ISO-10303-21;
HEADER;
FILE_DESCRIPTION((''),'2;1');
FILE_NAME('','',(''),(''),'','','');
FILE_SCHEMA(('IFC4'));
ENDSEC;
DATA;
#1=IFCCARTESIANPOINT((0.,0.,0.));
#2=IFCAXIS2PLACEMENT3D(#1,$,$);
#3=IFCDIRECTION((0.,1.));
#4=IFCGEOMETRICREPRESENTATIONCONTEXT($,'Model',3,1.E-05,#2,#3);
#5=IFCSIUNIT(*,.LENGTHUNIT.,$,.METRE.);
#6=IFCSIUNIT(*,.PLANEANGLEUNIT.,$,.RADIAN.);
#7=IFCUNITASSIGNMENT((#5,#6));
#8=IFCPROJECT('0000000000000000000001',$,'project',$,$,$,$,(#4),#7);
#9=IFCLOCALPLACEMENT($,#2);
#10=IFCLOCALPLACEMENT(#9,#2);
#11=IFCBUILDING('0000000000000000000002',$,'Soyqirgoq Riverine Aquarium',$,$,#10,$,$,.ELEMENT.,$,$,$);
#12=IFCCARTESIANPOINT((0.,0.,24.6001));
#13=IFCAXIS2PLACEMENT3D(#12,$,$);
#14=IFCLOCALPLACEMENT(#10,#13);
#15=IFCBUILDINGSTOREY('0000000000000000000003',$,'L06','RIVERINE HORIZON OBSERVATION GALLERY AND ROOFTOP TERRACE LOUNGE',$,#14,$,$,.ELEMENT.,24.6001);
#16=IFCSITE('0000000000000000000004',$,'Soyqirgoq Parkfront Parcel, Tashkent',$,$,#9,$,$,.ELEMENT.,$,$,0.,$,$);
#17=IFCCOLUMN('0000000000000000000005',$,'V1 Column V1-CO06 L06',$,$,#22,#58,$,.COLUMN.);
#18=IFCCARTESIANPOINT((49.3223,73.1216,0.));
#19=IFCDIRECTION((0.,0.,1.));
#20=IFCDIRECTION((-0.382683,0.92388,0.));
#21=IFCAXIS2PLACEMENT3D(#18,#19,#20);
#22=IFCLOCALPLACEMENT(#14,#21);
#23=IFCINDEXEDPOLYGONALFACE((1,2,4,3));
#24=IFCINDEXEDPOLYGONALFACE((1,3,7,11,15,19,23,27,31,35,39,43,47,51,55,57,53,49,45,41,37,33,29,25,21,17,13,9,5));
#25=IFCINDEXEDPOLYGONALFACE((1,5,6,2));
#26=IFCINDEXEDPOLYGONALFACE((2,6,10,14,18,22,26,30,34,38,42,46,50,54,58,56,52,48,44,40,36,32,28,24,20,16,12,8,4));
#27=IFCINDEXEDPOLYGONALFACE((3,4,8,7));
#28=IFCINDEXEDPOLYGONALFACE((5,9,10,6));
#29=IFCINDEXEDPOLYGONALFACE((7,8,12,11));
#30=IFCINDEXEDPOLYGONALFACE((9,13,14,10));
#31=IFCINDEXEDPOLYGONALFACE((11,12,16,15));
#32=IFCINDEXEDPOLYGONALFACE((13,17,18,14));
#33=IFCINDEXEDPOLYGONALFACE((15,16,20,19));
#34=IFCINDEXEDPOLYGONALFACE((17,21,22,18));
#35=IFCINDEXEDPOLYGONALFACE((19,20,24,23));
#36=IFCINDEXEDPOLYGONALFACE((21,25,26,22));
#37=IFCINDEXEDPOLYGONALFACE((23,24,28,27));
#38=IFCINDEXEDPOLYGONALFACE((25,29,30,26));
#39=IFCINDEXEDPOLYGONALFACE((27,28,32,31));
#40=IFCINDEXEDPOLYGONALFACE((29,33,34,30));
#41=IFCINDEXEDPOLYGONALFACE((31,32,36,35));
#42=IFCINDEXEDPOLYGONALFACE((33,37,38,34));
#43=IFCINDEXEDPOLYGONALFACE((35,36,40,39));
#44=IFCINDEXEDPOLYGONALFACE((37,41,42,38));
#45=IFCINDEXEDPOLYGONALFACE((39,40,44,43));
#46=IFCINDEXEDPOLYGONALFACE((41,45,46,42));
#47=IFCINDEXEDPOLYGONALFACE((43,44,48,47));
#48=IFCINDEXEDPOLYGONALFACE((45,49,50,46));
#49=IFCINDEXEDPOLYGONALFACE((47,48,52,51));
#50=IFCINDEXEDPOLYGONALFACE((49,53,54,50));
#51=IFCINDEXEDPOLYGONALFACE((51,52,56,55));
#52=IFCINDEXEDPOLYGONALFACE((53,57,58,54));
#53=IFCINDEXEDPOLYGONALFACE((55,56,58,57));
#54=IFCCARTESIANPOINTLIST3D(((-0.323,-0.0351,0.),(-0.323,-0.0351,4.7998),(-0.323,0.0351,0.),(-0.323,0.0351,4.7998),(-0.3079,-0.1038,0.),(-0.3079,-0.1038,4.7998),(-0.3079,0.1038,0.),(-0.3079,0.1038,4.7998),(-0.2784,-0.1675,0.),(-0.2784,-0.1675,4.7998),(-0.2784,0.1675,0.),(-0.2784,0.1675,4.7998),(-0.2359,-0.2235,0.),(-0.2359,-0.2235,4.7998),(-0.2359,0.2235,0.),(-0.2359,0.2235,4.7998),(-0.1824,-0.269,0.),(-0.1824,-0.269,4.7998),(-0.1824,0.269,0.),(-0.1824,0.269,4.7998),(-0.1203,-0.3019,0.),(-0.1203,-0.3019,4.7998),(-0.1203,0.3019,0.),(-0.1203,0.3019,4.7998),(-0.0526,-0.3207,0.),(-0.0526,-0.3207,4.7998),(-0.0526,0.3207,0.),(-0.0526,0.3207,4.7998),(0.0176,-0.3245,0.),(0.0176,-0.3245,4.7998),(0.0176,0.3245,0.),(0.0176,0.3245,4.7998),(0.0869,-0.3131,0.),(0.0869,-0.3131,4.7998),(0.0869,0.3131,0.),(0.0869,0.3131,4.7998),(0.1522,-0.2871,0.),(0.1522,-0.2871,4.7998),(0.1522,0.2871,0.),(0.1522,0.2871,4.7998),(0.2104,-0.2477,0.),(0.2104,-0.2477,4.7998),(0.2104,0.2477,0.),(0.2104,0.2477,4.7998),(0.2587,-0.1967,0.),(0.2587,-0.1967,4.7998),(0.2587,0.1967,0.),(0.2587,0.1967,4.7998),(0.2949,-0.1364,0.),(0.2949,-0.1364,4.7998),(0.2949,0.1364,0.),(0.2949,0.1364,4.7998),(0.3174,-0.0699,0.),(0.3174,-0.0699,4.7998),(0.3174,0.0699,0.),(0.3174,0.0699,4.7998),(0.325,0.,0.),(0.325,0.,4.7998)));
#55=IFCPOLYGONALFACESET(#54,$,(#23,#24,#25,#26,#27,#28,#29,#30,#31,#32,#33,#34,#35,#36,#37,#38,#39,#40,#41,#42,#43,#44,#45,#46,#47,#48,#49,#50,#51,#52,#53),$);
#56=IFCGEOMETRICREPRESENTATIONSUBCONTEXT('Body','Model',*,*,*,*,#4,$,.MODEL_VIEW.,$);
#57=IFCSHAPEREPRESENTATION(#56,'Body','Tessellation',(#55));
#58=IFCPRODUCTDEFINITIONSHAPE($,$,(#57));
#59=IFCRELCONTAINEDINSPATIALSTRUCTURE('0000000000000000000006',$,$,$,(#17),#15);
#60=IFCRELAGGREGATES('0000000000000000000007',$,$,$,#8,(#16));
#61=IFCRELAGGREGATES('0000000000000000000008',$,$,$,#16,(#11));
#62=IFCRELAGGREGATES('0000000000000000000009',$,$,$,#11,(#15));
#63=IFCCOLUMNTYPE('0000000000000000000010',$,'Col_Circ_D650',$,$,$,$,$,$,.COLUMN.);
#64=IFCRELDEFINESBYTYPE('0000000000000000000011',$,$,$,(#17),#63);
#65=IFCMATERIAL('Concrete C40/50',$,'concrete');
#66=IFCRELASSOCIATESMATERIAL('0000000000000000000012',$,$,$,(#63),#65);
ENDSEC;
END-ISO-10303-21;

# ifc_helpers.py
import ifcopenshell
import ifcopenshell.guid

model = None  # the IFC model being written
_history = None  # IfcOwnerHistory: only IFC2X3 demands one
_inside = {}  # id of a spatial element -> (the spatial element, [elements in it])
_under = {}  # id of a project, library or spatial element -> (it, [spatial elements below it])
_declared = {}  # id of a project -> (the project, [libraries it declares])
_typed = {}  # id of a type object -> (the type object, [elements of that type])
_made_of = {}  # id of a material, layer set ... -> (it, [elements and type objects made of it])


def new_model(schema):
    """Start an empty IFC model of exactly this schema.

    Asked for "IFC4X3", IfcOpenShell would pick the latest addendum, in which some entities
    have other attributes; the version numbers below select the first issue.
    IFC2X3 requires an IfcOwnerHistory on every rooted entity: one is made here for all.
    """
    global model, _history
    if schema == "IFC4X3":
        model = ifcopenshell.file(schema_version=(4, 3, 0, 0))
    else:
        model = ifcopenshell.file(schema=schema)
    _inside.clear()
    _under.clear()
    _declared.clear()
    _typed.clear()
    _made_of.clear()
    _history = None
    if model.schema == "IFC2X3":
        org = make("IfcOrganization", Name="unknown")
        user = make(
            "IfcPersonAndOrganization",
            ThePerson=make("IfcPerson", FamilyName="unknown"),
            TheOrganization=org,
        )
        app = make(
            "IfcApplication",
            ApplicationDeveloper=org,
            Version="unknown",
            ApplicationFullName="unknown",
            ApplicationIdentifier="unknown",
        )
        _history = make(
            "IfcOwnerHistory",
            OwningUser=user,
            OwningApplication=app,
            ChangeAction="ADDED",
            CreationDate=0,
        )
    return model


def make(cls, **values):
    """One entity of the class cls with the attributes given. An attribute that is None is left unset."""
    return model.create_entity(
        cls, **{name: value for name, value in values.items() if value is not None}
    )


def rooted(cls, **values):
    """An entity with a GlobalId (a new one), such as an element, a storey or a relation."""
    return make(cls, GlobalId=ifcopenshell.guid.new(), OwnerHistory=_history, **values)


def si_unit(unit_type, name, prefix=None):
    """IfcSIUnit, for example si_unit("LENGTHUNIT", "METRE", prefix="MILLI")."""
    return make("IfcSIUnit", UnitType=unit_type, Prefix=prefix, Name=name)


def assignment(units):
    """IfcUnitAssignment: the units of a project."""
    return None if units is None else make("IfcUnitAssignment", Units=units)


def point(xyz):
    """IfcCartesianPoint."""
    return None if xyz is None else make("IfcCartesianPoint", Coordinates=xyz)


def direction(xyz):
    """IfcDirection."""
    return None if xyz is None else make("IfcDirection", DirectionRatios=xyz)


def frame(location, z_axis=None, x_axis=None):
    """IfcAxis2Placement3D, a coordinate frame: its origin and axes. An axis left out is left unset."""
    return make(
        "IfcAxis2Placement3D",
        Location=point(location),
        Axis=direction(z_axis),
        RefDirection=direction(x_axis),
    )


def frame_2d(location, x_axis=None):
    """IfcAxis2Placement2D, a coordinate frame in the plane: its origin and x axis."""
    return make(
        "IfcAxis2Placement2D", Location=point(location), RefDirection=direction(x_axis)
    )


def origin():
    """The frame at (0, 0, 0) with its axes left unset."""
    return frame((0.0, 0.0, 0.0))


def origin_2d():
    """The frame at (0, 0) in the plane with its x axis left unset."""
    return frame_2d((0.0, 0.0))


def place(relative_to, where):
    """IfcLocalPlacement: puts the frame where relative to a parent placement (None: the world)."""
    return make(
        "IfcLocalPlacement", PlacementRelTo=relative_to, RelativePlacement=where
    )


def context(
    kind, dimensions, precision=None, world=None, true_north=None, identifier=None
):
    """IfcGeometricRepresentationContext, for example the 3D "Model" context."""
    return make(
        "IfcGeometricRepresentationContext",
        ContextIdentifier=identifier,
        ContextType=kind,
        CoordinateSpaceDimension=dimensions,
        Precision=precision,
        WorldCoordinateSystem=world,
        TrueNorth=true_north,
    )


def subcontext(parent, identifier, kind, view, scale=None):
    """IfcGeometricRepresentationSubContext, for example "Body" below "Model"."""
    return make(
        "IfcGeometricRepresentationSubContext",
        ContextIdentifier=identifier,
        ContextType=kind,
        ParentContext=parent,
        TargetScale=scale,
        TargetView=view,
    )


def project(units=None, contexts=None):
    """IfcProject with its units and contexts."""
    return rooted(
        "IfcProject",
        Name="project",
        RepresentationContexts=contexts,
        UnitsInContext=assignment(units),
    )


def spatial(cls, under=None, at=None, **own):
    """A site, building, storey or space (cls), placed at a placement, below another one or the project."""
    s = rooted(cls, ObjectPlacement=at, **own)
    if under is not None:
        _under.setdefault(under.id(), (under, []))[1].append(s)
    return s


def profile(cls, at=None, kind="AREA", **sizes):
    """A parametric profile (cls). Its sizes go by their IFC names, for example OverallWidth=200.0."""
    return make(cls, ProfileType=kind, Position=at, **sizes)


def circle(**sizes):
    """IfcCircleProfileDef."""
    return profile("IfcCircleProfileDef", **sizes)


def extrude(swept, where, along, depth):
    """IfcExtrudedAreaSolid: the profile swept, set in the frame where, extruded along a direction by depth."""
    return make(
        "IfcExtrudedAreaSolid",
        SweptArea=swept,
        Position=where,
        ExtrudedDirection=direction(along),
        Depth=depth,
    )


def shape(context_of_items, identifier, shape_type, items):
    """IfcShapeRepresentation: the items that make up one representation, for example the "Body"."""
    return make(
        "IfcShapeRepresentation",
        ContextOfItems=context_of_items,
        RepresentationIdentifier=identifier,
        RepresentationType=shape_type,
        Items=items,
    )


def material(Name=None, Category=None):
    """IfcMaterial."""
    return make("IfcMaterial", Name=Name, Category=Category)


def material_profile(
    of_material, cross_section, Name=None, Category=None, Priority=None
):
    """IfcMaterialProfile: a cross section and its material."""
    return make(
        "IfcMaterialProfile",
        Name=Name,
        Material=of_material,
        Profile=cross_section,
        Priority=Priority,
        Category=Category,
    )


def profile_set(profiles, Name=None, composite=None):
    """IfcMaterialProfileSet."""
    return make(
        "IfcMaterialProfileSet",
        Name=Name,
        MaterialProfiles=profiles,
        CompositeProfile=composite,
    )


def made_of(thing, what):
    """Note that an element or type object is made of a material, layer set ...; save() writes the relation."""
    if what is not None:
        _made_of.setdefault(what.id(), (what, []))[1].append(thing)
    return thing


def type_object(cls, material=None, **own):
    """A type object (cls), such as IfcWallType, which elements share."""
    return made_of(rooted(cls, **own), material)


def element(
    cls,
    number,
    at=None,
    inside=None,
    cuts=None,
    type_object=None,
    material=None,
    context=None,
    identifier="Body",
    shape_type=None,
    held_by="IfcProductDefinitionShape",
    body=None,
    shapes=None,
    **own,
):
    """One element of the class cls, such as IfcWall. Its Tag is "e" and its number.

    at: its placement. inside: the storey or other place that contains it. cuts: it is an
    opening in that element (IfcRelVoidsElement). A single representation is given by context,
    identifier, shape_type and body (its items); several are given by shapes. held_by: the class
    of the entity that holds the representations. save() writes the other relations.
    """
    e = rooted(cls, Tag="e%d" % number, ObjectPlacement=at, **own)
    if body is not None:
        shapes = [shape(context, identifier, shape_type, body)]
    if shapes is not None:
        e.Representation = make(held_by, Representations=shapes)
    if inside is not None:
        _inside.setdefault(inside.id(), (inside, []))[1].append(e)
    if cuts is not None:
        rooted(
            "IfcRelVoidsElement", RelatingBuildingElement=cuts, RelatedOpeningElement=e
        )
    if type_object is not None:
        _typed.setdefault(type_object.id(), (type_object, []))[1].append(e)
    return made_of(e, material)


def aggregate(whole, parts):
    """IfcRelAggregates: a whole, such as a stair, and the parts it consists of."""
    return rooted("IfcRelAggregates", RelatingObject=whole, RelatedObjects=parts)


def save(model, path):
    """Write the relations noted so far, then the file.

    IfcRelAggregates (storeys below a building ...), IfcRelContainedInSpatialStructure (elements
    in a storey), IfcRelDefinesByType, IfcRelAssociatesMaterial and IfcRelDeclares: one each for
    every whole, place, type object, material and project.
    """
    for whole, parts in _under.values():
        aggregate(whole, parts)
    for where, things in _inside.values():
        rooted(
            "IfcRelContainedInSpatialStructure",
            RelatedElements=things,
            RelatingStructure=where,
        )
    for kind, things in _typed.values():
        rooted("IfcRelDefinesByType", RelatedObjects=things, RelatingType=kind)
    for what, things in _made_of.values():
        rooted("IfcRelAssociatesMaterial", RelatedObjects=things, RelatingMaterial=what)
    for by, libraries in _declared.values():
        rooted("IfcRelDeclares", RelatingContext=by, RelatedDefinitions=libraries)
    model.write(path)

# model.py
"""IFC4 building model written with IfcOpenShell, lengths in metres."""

from ifc_helpers import new_model, si_unit, direction, frame, origin, origin_2d, place, context, subcontext, project, spatial, circle, extrude, material, material_profile, profile_set, type_object, element, save


model = new_model("IFC4")

# Units and contexts
model_context = context("Model", 3, precision=1e-05, world=origin(), true_north=direction((0.0, 1.0)))
body_context = subcontext(model_context, "Body", "Model", "MODEL_VIEW")
ifc_project = project(units=[si_unit("LENGTHUNIT", "METRE"), si_unit("PLANEANGLEUNIT", "RADIAN")], contexts=[model_context])

# Site, building, storey
site_placement = place(None, origin())
site = spatial("IfcSite", under=ifc_project, at=site_placement, Name="Soyqirgoq Parkfront Parcel, Tashkent", CompositionType="ELEMENT", RefElevation=0.0)
building_placement = place(site_placement, origin())
building = spatial("IfcBuilding", under=site, at=building_placement, Name="Soyqirgoq Riverine Aquarium", CompositionType="ELEMENT")
storey_placement = place(building_placement, frame((0.0, 0.0, 24.6001)))
storey = spatial("IfcBuildingStorey", under=building, at=storey_placement, Name="L06", Description="RIVERINE HORIZON OBSERVATION GALLERY AND ROOFTOP TERRACE LOUNGE", CompositionType="ELEMENT", Elevation=24.6001)

# Column
ifc_material_1 = material(Name="Concrete C40/50", Category="concrete")
ifc_material_profile_1 = material_profile(ifc_material_1, circle(Radius=0.325, at=origin_2d()), Name="RC-COL D650")
ifc_profile_set_1 = profile_set([ifc_material_profile_1], Name="Concrete C40/50")
column_type = type_object("IfcColumnType", Name="Col_Circ_D650", PredefinedType="COLUMN", material=ifc_profile_set_1)
column_placement = place(storey_placement, frame((49.3223, 73.1216, 0.0), z_axis=(0.0, 0.0, 1.0), x_axis=(-0.382683, 0.92388, 0.0)))
element("IfcColumn", 1, at=column_placement, inside=storey, type_object=column_type, Name="V1 Column V1-CO06 L06", PredefinedType="COLUMN", context=body_context, shape_type="SweptSolid", body=[
    extrude(circle(Radius=0.325, at=origin_2d()), origin(), (0.0, 0.0, 1.0), 4.7998),
])

save(model, "model.ifc")
